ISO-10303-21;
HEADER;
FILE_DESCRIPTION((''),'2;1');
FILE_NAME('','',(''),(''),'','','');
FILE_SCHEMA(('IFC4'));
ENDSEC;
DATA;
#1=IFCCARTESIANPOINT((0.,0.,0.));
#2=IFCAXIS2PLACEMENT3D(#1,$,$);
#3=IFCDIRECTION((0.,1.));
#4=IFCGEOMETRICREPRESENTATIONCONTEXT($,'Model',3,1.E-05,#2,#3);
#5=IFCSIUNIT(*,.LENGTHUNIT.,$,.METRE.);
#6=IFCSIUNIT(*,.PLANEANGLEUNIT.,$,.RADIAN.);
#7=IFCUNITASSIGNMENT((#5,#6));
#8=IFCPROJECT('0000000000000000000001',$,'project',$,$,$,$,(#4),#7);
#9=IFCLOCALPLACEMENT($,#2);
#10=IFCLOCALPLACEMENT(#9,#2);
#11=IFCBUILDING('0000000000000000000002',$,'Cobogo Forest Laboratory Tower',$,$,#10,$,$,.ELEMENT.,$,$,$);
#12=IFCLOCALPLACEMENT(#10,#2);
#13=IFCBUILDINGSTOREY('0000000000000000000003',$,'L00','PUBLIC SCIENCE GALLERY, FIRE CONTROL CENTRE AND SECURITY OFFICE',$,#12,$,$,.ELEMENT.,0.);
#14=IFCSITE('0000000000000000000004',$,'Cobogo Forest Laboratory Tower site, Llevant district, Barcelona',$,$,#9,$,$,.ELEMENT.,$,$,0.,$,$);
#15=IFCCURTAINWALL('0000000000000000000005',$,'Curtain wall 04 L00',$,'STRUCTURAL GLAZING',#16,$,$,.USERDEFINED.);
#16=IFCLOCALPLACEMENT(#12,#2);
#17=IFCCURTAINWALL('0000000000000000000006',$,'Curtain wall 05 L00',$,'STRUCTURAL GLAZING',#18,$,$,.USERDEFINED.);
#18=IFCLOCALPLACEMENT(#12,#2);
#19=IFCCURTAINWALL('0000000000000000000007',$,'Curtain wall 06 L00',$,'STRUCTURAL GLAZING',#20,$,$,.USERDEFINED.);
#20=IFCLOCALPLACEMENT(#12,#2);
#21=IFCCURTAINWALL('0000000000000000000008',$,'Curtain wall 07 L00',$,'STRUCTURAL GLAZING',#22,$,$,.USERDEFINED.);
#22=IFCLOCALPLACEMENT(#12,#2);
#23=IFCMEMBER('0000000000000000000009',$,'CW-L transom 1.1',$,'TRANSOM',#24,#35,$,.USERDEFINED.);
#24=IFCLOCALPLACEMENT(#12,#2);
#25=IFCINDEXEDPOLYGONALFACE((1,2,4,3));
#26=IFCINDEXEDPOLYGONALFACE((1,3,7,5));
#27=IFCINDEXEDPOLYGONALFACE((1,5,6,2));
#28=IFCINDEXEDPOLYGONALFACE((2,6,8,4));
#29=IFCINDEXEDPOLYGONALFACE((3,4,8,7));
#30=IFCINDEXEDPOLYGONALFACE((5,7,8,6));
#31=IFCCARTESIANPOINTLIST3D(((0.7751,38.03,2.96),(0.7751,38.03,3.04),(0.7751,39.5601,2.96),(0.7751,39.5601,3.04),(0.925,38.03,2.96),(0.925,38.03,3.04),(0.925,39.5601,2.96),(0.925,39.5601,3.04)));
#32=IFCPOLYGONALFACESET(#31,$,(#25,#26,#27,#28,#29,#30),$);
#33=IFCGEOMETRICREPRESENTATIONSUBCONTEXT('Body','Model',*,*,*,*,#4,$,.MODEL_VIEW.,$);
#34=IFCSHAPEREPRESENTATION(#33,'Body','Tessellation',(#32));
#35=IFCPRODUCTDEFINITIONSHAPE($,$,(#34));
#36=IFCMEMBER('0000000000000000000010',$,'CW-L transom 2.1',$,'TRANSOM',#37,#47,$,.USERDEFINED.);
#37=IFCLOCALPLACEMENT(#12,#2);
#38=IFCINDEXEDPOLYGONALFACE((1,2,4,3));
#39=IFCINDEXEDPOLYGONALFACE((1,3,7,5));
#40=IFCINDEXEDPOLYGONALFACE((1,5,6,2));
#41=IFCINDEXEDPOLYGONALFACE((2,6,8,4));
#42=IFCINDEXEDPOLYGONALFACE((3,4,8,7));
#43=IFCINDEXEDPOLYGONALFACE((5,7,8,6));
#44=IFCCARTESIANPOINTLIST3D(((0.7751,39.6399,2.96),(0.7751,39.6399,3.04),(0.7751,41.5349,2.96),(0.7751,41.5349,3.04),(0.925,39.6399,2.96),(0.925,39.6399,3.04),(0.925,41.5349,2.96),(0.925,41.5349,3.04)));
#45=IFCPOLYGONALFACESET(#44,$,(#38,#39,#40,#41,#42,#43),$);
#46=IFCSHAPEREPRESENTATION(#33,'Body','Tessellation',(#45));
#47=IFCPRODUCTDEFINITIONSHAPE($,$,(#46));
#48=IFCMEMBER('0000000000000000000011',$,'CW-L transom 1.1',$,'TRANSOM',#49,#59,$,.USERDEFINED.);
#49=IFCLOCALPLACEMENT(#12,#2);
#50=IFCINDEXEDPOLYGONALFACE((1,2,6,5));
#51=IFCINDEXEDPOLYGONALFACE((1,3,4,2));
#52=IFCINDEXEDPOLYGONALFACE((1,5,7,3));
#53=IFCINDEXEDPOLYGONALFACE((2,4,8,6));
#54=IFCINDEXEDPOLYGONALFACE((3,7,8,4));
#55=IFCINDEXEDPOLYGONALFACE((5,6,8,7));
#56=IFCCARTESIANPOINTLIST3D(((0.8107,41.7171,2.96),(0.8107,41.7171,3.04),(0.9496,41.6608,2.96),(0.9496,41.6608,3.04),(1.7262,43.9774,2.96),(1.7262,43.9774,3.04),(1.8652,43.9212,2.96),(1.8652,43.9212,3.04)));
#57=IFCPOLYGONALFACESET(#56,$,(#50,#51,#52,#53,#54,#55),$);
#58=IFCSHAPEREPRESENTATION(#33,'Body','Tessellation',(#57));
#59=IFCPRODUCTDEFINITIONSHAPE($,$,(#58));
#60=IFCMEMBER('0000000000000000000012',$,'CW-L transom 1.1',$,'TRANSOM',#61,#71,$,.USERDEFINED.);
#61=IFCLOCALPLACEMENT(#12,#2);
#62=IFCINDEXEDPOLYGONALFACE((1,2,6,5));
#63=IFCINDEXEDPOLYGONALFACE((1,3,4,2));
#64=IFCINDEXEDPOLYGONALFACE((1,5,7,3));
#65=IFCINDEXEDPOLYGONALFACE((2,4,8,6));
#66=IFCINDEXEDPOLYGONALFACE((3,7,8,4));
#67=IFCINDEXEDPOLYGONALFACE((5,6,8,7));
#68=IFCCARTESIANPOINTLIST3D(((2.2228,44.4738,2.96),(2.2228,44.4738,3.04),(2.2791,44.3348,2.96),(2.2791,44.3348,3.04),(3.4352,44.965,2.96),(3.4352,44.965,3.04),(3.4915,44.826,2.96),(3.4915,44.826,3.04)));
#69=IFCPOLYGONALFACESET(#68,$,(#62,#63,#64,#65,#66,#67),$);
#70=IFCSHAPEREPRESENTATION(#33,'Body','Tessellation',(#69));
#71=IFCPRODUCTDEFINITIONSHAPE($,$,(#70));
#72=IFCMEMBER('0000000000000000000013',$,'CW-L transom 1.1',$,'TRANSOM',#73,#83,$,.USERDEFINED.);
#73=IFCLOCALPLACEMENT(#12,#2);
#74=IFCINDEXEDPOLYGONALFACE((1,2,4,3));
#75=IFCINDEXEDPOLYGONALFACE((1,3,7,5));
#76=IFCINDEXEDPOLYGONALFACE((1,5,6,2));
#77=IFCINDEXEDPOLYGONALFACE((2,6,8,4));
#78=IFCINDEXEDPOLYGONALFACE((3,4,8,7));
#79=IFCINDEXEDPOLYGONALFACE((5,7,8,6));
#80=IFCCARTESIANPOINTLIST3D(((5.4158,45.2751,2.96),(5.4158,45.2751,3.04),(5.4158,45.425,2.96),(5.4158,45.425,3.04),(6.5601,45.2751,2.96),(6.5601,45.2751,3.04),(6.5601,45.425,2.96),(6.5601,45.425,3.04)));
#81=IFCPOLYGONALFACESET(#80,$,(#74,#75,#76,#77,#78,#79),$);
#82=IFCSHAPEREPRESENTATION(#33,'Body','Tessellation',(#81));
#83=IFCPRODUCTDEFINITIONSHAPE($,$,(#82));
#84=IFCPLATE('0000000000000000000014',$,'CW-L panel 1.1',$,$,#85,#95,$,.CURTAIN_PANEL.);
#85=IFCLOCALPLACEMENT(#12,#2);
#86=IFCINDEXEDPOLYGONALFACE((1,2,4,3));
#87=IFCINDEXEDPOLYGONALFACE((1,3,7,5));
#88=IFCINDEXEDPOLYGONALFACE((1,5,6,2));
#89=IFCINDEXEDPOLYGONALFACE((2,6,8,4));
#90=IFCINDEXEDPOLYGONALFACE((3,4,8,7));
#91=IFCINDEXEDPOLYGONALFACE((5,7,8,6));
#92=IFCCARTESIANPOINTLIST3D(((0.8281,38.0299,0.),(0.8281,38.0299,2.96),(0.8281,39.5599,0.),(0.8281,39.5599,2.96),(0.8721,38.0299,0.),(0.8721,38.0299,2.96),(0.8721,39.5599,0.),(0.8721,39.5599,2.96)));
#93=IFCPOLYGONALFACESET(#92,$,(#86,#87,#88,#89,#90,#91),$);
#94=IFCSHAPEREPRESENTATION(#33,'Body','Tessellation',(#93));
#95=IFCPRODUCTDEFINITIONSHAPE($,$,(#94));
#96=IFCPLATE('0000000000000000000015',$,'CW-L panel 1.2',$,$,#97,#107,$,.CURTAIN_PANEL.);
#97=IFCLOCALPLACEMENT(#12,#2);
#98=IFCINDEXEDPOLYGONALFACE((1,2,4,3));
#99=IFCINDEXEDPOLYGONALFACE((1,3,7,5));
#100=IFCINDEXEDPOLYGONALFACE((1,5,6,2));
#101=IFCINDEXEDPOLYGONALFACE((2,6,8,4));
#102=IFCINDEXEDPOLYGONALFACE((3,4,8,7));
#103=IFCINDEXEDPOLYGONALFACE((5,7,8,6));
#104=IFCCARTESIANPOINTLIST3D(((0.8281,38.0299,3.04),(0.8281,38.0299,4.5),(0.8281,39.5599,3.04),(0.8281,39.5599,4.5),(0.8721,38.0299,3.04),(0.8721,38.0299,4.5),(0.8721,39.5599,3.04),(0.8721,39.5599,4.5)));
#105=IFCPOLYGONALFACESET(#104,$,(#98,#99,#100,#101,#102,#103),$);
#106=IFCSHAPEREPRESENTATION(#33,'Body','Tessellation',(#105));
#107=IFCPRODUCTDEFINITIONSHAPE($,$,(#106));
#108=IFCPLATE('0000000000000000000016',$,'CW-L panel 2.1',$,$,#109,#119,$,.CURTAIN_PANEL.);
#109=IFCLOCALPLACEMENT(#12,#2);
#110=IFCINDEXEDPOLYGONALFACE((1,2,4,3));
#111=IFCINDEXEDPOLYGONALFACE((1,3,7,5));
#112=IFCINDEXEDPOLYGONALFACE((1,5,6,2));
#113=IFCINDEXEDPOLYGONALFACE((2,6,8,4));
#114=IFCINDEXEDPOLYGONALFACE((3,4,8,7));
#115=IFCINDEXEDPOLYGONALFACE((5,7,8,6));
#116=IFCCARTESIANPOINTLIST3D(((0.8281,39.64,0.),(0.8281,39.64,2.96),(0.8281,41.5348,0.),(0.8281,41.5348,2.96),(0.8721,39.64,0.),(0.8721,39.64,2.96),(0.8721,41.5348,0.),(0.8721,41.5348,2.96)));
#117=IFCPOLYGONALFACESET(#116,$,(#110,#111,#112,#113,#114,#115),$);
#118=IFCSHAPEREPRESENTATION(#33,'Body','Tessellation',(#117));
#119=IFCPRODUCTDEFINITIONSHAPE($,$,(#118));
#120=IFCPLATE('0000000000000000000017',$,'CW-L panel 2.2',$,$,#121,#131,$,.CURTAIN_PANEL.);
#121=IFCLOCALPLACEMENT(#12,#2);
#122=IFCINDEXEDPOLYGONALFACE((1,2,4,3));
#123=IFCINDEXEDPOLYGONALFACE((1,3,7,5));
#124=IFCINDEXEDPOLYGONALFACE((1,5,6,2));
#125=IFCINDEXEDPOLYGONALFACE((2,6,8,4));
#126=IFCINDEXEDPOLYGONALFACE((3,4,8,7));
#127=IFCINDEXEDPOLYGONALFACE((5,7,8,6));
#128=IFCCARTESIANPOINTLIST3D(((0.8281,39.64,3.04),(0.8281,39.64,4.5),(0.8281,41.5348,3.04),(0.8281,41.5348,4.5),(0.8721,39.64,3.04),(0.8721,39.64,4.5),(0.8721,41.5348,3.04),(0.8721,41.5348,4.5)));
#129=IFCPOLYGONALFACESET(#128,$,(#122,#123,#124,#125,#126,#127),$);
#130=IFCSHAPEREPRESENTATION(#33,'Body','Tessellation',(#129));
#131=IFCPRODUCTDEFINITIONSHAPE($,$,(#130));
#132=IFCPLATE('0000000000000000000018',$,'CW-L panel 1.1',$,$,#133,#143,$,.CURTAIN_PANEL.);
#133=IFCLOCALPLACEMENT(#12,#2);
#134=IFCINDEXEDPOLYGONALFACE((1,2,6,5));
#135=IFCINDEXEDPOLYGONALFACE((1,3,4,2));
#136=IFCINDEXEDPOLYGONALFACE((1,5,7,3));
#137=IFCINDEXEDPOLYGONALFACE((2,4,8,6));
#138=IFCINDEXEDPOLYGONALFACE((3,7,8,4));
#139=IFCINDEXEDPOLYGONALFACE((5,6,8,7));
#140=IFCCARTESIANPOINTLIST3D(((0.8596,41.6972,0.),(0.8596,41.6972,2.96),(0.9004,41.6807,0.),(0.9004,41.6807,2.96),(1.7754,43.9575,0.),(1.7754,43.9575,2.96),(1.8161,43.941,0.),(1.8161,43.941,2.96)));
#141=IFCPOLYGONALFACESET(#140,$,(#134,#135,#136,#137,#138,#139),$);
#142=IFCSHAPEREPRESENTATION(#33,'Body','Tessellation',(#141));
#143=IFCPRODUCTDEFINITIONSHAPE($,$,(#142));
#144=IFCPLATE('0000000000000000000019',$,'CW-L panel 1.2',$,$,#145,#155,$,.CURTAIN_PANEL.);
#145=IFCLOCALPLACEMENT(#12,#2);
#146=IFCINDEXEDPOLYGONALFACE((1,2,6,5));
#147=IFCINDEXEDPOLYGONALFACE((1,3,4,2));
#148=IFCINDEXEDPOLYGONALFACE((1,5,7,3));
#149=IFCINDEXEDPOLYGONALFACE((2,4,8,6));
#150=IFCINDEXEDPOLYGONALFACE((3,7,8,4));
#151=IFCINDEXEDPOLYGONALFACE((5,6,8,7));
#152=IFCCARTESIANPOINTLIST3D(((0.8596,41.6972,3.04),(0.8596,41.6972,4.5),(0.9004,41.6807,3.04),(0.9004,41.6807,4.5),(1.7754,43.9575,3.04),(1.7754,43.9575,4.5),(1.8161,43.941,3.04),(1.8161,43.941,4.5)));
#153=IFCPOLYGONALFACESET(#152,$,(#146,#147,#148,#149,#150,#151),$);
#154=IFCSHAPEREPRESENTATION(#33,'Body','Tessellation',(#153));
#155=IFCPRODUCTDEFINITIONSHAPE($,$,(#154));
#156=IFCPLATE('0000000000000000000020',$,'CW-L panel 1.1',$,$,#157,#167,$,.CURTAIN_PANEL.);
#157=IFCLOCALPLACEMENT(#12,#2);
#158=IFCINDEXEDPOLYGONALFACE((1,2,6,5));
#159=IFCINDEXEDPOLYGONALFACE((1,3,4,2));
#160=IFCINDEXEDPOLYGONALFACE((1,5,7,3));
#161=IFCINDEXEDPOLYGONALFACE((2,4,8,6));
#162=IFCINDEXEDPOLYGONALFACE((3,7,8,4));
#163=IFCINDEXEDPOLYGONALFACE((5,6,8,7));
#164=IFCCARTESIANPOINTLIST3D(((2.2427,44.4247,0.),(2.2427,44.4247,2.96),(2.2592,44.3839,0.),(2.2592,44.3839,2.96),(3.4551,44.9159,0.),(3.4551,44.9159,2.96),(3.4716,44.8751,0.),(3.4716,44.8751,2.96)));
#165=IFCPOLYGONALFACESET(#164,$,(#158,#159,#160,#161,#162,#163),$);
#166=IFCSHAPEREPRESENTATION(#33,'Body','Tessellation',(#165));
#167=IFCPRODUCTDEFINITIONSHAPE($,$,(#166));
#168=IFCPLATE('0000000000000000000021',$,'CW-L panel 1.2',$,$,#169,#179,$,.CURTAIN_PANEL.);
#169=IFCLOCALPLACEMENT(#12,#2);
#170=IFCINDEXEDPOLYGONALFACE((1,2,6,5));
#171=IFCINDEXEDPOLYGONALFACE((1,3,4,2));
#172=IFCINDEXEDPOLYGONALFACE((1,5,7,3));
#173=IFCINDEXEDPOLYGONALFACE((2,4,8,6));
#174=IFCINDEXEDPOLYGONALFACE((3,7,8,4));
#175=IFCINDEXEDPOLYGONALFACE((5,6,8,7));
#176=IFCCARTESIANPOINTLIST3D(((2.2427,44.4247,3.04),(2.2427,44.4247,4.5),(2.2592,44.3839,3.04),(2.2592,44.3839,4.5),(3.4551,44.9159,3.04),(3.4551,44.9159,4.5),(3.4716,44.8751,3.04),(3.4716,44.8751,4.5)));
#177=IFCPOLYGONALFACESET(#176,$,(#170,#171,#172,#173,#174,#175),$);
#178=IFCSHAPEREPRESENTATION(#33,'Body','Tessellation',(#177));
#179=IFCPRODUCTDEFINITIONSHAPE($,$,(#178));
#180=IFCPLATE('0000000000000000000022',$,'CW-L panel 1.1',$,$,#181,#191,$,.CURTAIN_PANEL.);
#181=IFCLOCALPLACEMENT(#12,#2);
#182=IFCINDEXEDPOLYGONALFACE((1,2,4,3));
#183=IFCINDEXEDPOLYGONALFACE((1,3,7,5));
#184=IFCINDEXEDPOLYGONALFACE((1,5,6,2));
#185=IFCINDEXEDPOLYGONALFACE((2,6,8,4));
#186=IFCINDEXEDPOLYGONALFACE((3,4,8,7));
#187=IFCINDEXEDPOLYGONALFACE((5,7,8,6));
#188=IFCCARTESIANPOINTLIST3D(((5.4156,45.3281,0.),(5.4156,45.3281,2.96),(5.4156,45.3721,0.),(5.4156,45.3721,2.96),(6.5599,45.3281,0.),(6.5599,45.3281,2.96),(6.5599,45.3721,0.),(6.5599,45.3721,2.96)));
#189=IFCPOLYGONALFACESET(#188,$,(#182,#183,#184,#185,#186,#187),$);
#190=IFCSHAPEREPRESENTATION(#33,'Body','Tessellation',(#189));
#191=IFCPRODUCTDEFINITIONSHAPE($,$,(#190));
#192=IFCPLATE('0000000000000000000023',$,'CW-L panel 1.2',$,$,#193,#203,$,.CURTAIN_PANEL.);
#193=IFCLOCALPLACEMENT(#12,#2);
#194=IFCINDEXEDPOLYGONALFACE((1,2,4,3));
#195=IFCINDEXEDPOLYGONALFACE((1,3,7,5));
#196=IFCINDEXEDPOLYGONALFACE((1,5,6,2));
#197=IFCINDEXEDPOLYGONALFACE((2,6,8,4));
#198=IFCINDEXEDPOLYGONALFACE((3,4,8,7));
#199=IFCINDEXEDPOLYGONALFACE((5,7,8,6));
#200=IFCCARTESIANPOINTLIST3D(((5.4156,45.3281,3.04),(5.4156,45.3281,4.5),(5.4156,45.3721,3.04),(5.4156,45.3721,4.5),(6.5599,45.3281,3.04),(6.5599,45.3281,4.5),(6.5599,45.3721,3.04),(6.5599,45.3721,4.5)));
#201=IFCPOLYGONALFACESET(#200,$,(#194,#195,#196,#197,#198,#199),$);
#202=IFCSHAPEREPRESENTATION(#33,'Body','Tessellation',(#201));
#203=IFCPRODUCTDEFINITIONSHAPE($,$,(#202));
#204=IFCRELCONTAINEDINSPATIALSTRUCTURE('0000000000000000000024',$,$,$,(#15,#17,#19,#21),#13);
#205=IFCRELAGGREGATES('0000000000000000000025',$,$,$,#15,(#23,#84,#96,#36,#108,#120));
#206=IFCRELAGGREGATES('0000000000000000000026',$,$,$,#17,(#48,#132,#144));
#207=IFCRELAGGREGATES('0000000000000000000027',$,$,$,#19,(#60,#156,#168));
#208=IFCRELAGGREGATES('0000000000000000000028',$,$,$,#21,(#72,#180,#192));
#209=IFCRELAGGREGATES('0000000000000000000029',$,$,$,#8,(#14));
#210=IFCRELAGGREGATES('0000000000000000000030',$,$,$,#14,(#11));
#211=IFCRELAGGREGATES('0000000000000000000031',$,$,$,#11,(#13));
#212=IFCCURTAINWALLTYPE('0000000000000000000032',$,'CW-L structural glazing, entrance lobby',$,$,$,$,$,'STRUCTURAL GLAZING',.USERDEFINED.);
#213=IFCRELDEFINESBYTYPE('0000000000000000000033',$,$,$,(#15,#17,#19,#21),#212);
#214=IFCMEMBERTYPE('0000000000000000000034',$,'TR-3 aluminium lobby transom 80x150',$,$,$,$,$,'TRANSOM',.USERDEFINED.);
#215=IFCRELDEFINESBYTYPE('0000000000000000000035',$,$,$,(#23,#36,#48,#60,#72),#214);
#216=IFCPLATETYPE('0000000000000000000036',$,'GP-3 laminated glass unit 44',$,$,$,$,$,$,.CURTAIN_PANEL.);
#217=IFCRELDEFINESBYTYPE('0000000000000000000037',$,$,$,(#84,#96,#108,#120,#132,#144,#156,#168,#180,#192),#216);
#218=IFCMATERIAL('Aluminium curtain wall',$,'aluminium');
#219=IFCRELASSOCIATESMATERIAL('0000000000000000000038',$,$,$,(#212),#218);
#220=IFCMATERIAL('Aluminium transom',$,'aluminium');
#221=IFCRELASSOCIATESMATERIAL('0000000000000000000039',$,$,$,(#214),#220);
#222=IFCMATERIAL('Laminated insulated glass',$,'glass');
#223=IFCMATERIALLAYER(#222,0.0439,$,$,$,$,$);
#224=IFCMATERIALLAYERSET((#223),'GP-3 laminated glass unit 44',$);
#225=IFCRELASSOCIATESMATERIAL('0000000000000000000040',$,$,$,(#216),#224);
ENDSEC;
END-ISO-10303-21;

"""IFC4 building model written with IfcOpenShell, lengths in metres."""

from ifc_helpers import new_model, si_unit, direction, frame, origin, origin_2d, place, context, subcontext, project, spatial, rectangle, extrude, material, layer, layer_set, material_profile, profile_set, type_object, element, aggregate, save


model = new_model("IFC4")

# Units and contexts
model_context = context("Model", 3, precision=1e-05, world=origin(), true_north=direction((0.0, 1.0)))
body_context = subcontext(model_context, "Body", "Model", "MODEL_VIEW")
ifc_project = project(units=[si_unit("LENGTHUNIT", "METRE"), si_unit("PLANEANGLEUNIT", "RADIAN")], contexts=[model_context])

# Site, building, storey
site_placement = place(None, origin())
site = spatial("IfcSite", under=ifc_project, at=site_placement, Name="Cobogo Forest Laboratory Tower site, Llevant district, Barcelona", CompositionType="ELEMENT", RefElevation=0.0)
building_placement = place(site_placement, origin())
building = spatial("IfcBuilding", under=site, at=building_placement, Name="Cobogo Forest Laboratory Tower", CompositionType="ELEMENT")
storey_placement = place(building_placement, origin())
storey = spatial("IfcBuildingStorey", under=building, at=storey_placement, Name="L00", Description="PUBLIC SCIENCE GALLERY, FIRE CONTROL CENTRE AND SECURITY OFFICE", CompositionType="ELEMENT", Elevation=0.0)

# Curtain walls
ifc_material_1 = material(Name="Aluminium curtain wall", Category="aluminium")
curtain_wall_type = type_object("IfcCurtainWallType", Name="CW-L structural glazing, entrance lobby", ElementType="STRUCTURAL GLAZING", PredefinedType="USERDEFINED", material=ifc_material_1)
curtain_wall_1_placement = place(storey_placement, origin())
curtain_wall_1 = element("IfcCurtainWall", 1, at=curtain_wall_1_placement, inside=storey, type_object=curtain_wall_type, Name="Curtain wall 04 L00", ObjectType="STRUCTURAL GLAZING", PredefinedType="USERDEFINED")
curtain_wall_2_placement = place(storey_placement, origin())
curtain_wall_2 = element("IfcCurtainWall", 2, at=curtain_wall_2_placement, inside=storey, type_object=curtain_wall_type, Name="Curtain wall 05 L00", ObjectType="STRUCTURAL GLAZING", PredefinedType="USERDEFINED")
curtain_wall_3_placement = place(storey_placement, origin())
curtain_wall_3 = element("IfcCurtainWall", 3, at=curtain_wall_3_placement, inside=storey, type_object=curtain_wall_type, Name="Curtain wall 06 L00", ObjectType="STRUCTURAL GLAZING", PredefinedType="USERDEFINED")

# Curtain wall
curtain_wall_4_placement = place(storey_placement, origin())
curtain_wall_4 = element("IfcCurtainWall", 4, at=curtain_wall_4_placement, inside=storey, type_object=curtain_wall_type, Name="Curtain wall 07 L00", ObjectType="STRUCTURAL GLAZING", PredefinedType="USERDEFINED")

# Members
ifc_material_2 = material(Name="Aluminium transom", Category="aluminium")
ifc_material_profile_1 = material_profile(ifc_material_2, rectangle(XDim=0.1499, YDim=0.0801, at=origin_2d()), Name="AL 80x150")
ifc_profile_set_1 = profile_set([ifc_material_profile_1], Name="Aluminium transom")
member_type_1 = type_object("IfcMemberType", Name="TR-3 aluminium lobby transom 80x150", ElementType="TRANSOM", PredefinedType="USERDEFINED", material=ifc_profile_set_1)
member_1_placement = place(storey_placement, frame((0.8501, 38.03, 3.0), z_axis=(0.0, 1.0, 0.0), x_axis=(-1.0, 0.0, 0.0)))
member_1 = element("IfcMember", 5, at=member_1_placement, type_object=member_type_1, Name="CW-L transom 1.1", ObjectType="TRANSOM", PredefinedType="USERDEFINED", context=body_context, shape_type="SweptSolid", body=[
    extrude(rectangle(XDim=0.1499, YDim=0.0801, at=origin_2d()), origin(), (0.0, 0.0, 1.0), 1.53),
])
member_2_placement = place(storey_placement, frame((0.8501, 39.6399, 3.0), z_axis=(0.0, 1.0, 0.0), x_axis=(-1.0, 0.0, 0.0)))
member_2 = element("IfcMember", 6, at=member_2_placement, type_object=member_type_1, Name="CW-L transom 2.1", ObjectType="TRANSOM", PredefinedType="USERDEFINED", context=body_context, shape_type="SweptSolid", body=[
    extrude(rectangle(XDim=0.1499, YDim=0.0801, at=origin_2d()), origin(), (0.0, 0.0, 1.0), 1.895),
])
member_3_placement = place(storey_placement, frame((0.8801, 41.689, 3.0), z_axis=(0.375426, 0.926852, 0.0), x_axis=(-0.926852, 0.375426, 0.0)))
member_3 = element("IfcMember", 7, at=member_3_placement, type_object=member_type_1, Name="CW-L transom 1.1", ObjectType="TRANSOM", PredefinedType="USERDEFINED", context=body_context, shape_type="SweptSolid", body=[
    extrude(rectangle(XDim=0.1499, YDim=0.0801, at=origin_2d()), origin(), (0.0, 0.0, 1.0), 2.4387),
])
member_4_placement = place(storey_placement, frame((2.251, 44.4043, 3.0), z_axis=(0.92682, 0.375506, 0.0), x_axis=(-0.375506, 0.92682, 0.0)))
member_4 = element("IfcMember", 8, at=member_4_placement, type_object=member_type_1, Name="CW-L transom 1.1", ObjectType="TRANSOM", PredefinedType="USERDEFINED", context=body_context, shape_type="SweptSolid", body=[
    extrude(rectangle(XDim=0.1499, YDim=0.0801, at=origin_2d()), origin(), (0.0, 0.0, 1.0), 1.3081),
])
member_5_placement = place(storey_placement, frame((5.4158, 45.3501, 3.0), z_axis=(1.0, 0.0, 0.0), x_axis=(0.0, 1.0, 0.0)))
member_5 = element("IfcMember", 9, at=member_5_placement, type_object=member_type_1, Name="CW-L transom 1.1", ObjectType="TRANSOM", PredefinedType="USERDEFINED", context=body_context, shape_type="SweptSolid", body=[
    extrude(rectangle(XDim=0.1499, YDim=0.0801, at=origin_2d()), origin(), (0.0, 0.0, 1.0), 1.1443),
])

# Plates
ifc_material_3 = material(Name="Laminated insulated glass", Category="glass")
ifc_layer = layer(ifc_material_3, 0.0439)
ifc_layer_set = layer_set([ifc_layer], Name="GP-3 laminated glass unit 44")
plate_type = type_object("IfcPlateType", Name="GP-3 laminated glass unit 44", PredefinedType="CURTAIN_PANEL", material=ifc_layer_set)
plate_1_placement = place(storey_placement, frame((0.8501, 38.7949, 0.0), z_axis=(0.0, 0.0, 1.0), x_axis=(0.0, 1.0, 0.0)))
plate_1 = element("IfcPlate", 10, at=plate_1_placement, type_object=plate_type, Name="CW-L panel 1.1", PredefinedType="CURTAIN_PANEL", context=body_context, shape_type="SweptSolid", body=[
    extrude(rectangle(XDim=1.53, YDim=0.0439, at=origin_2d()), origin(), (0.0, 0.0, 1.0), 2.96),
])
plate_2_placement = place(storey_placement, frame((0.8501, 38.7949, 3.04), z_axis=(0.0, 0.0, 1.0), x_axis=(0.0, 1.0, 0.0)))
plate_2 = element("IfcPlate", 11, at=plate_2_placement, type_object=plate_type, Name="CW-L panel 1.2", PredefinedType="CURTAIN_PANEL", context=body_context, shape_type="SweptSolid", body=[
    extrude(rectangle(XDim=1.53, YDim=0.0439, at=origin_2d()), origin(), (0.0, 0.0, 1.0), 1.46),
])
plate_3_placement = place(storey_placement, frame((0.8501, 40.5874, 0.0), z_axis=(0.0, 0.0, 1.0), x_axis=(0.0, 1.0, 0.0)))
plate_3 = element("IfcPlate", 12, at=plate_3_placement, type_object=plate_type, Name="CW-L panel 2.1", PredefinedType="CURTAIN_PANEL", context=body_context, shape_type="SweptSolid", body=[
    extrude(rectangle(XDim=1.8948, YDim=0.0439, at=origin_2d()), origin(), (0.0, 0.0, 1.0), 2.96),
])
plate_4_placement = place(storey_placement, frame((0.8501, 40.5874, 3.04), z_axis=(0.0, 0.0, 1.0), x_axis=(0.0, 1.0, 0.0)))
plate_4 = element("IfcPlate", 13, at=plate_4_placement, type_object=plate_type, Name="CW-L panel 2.2", PredefinedType="CURTAIN_PANEL", context=body_context, shape_type="SweptSolid", body=[
    extrude(rectangle(XDim=1.8948, YDim=0.0439, at=origin_2d()), origin(), (0.0, 0.0, 1.0), 1.46),
])
aggregate(curtain_wall_1, [member_1, plate_1, plate_2, member_2, plate_3, plate_4])
plate_5_placement = place(storey_placement, frame((1.3379, 42.8191, 0.0), z_axis=(0.0, 0.0, 1.0), x_axis=(0.375507, 0.92682, 0.0)))
plate_5 = element("IfcPlate", 14, at=plate_5_placement, type_object=plate_type, Name="CW-L panel 1.1", PredefinedType="CURTAIN_PANEL", context=body_context, shape_type="SweptSolid", body=[
    extrude(rectangle(XDim=2.4387, YDim=0.0439, at=origin_2d()), origin(), (0.0, 0.0, 1.0), 2.96),
])
plate_6_placement = place(storey_placement, frame((1.3379, 42.8191, 3.04), z_axis=(0.0, 0.0, 1.0), x_axis=(0.375507, 0.92682, 0.0)))
plate_6 = element("IfcPlate", 15, at=plate_6_placement, type_object=plate_type, Name="CW-L panel 1.2", PredefinedType="CURTAIN_PANEL", context=body_context, shape_type="SweptSolid", body=[
    extrude(rectangle(XDim=2.4387, YDim=0.0439, at=origin_2d()), origin(), (0.0, 0.0, 1.0), 1.46),
])
aggregate(curtain_wall_2, [member_3, plate_5, plate_6])
plate_7_placement = place(storey_placement, frame((2.8572, 44.6499, 0.0), z_axis=(0.0, 0.0, 1.0), x_axis=(0.92682, 0.375507, 0.0)))
plate_7 = element("IfcPlate", 16, at=plate_7_placement, type_object=plate_type, Name="CW-L panel 1.1", PredefinedType="CURTAIN_PANEL", context=body_context, shape_type="SweptSolid", body=[
    extrude(rectangle(XDim=1.3081, YDim=0.0439, at=origin_2d()), origin(), (0.0, 0.0, 1.0), 2.96),
])
plate_8_placement = place(storey_placement, frame((2.8572, 44.6499, 3.04), z_axis=(0.0, 0.0, 1.0), x_axis=(0.92682, 0.375507, 0.0)))
plate_8 = element("IfcPlate", 17, at=plate_8_placement, type_object=plate_type, Name="CW-L panel 1.2", PredefinedType="CURTAIN_PANEL", context=body_context, shape_type="SweptSolid", body=[
    extrude(rectangle(XDim=1.3081, YDim=0.0439, at=origin_2d()), origin(), (0.0, 0.0, 1.0), 1.46),
])
aggregate(curtain_wall_3, [member_4, plate_7, plate_8])
plate_9_placement = place(storey_placement, frame((5.9878, 45.3501, 0.0), z_axis=(0.0, 0.0, 1.0), x_axis=(1.0, 0.0, 0.0)))
plate_9 = element("IfcPlate", 18, at=plate_9_placement, type_object=plate_type, Name="CW-L panel 1.1", PredefinedType="CURTAIN_PANEL", context=body_context, shape_type="SweptSolid", body=[
    extrude(rectangle(XDim=1.1443, YDim=0.0439, at=origin_2d()), origin(), (0.0, 0.0, 1.0), 2.96),
])
plate_10_placement = place(storey_placement, frame((5.9878, 45.3501, 3.04), z_axis=(0.0, 0.0, 1.0), x_axis=(1.0, 0.0, 0.0)))
plate_10 = element("IfcPlate", 19, at=plate_10_placement, type_object=plate_type, Name="CW-L panel 1.2", PredefinedType="CURTAIN_PANEL", context=body_context, shape_type="SweptSolid", body=[
    extrude(rectangle(XDim=1.1443, YDim=0.0439, at=origin_2d()), origin(), (0.0, 0.0, 1.0), 1.46),
])
aggregate(curtain_wall_4, [member_5, plate_9, plate_10])

save(model, "model.ifc")
